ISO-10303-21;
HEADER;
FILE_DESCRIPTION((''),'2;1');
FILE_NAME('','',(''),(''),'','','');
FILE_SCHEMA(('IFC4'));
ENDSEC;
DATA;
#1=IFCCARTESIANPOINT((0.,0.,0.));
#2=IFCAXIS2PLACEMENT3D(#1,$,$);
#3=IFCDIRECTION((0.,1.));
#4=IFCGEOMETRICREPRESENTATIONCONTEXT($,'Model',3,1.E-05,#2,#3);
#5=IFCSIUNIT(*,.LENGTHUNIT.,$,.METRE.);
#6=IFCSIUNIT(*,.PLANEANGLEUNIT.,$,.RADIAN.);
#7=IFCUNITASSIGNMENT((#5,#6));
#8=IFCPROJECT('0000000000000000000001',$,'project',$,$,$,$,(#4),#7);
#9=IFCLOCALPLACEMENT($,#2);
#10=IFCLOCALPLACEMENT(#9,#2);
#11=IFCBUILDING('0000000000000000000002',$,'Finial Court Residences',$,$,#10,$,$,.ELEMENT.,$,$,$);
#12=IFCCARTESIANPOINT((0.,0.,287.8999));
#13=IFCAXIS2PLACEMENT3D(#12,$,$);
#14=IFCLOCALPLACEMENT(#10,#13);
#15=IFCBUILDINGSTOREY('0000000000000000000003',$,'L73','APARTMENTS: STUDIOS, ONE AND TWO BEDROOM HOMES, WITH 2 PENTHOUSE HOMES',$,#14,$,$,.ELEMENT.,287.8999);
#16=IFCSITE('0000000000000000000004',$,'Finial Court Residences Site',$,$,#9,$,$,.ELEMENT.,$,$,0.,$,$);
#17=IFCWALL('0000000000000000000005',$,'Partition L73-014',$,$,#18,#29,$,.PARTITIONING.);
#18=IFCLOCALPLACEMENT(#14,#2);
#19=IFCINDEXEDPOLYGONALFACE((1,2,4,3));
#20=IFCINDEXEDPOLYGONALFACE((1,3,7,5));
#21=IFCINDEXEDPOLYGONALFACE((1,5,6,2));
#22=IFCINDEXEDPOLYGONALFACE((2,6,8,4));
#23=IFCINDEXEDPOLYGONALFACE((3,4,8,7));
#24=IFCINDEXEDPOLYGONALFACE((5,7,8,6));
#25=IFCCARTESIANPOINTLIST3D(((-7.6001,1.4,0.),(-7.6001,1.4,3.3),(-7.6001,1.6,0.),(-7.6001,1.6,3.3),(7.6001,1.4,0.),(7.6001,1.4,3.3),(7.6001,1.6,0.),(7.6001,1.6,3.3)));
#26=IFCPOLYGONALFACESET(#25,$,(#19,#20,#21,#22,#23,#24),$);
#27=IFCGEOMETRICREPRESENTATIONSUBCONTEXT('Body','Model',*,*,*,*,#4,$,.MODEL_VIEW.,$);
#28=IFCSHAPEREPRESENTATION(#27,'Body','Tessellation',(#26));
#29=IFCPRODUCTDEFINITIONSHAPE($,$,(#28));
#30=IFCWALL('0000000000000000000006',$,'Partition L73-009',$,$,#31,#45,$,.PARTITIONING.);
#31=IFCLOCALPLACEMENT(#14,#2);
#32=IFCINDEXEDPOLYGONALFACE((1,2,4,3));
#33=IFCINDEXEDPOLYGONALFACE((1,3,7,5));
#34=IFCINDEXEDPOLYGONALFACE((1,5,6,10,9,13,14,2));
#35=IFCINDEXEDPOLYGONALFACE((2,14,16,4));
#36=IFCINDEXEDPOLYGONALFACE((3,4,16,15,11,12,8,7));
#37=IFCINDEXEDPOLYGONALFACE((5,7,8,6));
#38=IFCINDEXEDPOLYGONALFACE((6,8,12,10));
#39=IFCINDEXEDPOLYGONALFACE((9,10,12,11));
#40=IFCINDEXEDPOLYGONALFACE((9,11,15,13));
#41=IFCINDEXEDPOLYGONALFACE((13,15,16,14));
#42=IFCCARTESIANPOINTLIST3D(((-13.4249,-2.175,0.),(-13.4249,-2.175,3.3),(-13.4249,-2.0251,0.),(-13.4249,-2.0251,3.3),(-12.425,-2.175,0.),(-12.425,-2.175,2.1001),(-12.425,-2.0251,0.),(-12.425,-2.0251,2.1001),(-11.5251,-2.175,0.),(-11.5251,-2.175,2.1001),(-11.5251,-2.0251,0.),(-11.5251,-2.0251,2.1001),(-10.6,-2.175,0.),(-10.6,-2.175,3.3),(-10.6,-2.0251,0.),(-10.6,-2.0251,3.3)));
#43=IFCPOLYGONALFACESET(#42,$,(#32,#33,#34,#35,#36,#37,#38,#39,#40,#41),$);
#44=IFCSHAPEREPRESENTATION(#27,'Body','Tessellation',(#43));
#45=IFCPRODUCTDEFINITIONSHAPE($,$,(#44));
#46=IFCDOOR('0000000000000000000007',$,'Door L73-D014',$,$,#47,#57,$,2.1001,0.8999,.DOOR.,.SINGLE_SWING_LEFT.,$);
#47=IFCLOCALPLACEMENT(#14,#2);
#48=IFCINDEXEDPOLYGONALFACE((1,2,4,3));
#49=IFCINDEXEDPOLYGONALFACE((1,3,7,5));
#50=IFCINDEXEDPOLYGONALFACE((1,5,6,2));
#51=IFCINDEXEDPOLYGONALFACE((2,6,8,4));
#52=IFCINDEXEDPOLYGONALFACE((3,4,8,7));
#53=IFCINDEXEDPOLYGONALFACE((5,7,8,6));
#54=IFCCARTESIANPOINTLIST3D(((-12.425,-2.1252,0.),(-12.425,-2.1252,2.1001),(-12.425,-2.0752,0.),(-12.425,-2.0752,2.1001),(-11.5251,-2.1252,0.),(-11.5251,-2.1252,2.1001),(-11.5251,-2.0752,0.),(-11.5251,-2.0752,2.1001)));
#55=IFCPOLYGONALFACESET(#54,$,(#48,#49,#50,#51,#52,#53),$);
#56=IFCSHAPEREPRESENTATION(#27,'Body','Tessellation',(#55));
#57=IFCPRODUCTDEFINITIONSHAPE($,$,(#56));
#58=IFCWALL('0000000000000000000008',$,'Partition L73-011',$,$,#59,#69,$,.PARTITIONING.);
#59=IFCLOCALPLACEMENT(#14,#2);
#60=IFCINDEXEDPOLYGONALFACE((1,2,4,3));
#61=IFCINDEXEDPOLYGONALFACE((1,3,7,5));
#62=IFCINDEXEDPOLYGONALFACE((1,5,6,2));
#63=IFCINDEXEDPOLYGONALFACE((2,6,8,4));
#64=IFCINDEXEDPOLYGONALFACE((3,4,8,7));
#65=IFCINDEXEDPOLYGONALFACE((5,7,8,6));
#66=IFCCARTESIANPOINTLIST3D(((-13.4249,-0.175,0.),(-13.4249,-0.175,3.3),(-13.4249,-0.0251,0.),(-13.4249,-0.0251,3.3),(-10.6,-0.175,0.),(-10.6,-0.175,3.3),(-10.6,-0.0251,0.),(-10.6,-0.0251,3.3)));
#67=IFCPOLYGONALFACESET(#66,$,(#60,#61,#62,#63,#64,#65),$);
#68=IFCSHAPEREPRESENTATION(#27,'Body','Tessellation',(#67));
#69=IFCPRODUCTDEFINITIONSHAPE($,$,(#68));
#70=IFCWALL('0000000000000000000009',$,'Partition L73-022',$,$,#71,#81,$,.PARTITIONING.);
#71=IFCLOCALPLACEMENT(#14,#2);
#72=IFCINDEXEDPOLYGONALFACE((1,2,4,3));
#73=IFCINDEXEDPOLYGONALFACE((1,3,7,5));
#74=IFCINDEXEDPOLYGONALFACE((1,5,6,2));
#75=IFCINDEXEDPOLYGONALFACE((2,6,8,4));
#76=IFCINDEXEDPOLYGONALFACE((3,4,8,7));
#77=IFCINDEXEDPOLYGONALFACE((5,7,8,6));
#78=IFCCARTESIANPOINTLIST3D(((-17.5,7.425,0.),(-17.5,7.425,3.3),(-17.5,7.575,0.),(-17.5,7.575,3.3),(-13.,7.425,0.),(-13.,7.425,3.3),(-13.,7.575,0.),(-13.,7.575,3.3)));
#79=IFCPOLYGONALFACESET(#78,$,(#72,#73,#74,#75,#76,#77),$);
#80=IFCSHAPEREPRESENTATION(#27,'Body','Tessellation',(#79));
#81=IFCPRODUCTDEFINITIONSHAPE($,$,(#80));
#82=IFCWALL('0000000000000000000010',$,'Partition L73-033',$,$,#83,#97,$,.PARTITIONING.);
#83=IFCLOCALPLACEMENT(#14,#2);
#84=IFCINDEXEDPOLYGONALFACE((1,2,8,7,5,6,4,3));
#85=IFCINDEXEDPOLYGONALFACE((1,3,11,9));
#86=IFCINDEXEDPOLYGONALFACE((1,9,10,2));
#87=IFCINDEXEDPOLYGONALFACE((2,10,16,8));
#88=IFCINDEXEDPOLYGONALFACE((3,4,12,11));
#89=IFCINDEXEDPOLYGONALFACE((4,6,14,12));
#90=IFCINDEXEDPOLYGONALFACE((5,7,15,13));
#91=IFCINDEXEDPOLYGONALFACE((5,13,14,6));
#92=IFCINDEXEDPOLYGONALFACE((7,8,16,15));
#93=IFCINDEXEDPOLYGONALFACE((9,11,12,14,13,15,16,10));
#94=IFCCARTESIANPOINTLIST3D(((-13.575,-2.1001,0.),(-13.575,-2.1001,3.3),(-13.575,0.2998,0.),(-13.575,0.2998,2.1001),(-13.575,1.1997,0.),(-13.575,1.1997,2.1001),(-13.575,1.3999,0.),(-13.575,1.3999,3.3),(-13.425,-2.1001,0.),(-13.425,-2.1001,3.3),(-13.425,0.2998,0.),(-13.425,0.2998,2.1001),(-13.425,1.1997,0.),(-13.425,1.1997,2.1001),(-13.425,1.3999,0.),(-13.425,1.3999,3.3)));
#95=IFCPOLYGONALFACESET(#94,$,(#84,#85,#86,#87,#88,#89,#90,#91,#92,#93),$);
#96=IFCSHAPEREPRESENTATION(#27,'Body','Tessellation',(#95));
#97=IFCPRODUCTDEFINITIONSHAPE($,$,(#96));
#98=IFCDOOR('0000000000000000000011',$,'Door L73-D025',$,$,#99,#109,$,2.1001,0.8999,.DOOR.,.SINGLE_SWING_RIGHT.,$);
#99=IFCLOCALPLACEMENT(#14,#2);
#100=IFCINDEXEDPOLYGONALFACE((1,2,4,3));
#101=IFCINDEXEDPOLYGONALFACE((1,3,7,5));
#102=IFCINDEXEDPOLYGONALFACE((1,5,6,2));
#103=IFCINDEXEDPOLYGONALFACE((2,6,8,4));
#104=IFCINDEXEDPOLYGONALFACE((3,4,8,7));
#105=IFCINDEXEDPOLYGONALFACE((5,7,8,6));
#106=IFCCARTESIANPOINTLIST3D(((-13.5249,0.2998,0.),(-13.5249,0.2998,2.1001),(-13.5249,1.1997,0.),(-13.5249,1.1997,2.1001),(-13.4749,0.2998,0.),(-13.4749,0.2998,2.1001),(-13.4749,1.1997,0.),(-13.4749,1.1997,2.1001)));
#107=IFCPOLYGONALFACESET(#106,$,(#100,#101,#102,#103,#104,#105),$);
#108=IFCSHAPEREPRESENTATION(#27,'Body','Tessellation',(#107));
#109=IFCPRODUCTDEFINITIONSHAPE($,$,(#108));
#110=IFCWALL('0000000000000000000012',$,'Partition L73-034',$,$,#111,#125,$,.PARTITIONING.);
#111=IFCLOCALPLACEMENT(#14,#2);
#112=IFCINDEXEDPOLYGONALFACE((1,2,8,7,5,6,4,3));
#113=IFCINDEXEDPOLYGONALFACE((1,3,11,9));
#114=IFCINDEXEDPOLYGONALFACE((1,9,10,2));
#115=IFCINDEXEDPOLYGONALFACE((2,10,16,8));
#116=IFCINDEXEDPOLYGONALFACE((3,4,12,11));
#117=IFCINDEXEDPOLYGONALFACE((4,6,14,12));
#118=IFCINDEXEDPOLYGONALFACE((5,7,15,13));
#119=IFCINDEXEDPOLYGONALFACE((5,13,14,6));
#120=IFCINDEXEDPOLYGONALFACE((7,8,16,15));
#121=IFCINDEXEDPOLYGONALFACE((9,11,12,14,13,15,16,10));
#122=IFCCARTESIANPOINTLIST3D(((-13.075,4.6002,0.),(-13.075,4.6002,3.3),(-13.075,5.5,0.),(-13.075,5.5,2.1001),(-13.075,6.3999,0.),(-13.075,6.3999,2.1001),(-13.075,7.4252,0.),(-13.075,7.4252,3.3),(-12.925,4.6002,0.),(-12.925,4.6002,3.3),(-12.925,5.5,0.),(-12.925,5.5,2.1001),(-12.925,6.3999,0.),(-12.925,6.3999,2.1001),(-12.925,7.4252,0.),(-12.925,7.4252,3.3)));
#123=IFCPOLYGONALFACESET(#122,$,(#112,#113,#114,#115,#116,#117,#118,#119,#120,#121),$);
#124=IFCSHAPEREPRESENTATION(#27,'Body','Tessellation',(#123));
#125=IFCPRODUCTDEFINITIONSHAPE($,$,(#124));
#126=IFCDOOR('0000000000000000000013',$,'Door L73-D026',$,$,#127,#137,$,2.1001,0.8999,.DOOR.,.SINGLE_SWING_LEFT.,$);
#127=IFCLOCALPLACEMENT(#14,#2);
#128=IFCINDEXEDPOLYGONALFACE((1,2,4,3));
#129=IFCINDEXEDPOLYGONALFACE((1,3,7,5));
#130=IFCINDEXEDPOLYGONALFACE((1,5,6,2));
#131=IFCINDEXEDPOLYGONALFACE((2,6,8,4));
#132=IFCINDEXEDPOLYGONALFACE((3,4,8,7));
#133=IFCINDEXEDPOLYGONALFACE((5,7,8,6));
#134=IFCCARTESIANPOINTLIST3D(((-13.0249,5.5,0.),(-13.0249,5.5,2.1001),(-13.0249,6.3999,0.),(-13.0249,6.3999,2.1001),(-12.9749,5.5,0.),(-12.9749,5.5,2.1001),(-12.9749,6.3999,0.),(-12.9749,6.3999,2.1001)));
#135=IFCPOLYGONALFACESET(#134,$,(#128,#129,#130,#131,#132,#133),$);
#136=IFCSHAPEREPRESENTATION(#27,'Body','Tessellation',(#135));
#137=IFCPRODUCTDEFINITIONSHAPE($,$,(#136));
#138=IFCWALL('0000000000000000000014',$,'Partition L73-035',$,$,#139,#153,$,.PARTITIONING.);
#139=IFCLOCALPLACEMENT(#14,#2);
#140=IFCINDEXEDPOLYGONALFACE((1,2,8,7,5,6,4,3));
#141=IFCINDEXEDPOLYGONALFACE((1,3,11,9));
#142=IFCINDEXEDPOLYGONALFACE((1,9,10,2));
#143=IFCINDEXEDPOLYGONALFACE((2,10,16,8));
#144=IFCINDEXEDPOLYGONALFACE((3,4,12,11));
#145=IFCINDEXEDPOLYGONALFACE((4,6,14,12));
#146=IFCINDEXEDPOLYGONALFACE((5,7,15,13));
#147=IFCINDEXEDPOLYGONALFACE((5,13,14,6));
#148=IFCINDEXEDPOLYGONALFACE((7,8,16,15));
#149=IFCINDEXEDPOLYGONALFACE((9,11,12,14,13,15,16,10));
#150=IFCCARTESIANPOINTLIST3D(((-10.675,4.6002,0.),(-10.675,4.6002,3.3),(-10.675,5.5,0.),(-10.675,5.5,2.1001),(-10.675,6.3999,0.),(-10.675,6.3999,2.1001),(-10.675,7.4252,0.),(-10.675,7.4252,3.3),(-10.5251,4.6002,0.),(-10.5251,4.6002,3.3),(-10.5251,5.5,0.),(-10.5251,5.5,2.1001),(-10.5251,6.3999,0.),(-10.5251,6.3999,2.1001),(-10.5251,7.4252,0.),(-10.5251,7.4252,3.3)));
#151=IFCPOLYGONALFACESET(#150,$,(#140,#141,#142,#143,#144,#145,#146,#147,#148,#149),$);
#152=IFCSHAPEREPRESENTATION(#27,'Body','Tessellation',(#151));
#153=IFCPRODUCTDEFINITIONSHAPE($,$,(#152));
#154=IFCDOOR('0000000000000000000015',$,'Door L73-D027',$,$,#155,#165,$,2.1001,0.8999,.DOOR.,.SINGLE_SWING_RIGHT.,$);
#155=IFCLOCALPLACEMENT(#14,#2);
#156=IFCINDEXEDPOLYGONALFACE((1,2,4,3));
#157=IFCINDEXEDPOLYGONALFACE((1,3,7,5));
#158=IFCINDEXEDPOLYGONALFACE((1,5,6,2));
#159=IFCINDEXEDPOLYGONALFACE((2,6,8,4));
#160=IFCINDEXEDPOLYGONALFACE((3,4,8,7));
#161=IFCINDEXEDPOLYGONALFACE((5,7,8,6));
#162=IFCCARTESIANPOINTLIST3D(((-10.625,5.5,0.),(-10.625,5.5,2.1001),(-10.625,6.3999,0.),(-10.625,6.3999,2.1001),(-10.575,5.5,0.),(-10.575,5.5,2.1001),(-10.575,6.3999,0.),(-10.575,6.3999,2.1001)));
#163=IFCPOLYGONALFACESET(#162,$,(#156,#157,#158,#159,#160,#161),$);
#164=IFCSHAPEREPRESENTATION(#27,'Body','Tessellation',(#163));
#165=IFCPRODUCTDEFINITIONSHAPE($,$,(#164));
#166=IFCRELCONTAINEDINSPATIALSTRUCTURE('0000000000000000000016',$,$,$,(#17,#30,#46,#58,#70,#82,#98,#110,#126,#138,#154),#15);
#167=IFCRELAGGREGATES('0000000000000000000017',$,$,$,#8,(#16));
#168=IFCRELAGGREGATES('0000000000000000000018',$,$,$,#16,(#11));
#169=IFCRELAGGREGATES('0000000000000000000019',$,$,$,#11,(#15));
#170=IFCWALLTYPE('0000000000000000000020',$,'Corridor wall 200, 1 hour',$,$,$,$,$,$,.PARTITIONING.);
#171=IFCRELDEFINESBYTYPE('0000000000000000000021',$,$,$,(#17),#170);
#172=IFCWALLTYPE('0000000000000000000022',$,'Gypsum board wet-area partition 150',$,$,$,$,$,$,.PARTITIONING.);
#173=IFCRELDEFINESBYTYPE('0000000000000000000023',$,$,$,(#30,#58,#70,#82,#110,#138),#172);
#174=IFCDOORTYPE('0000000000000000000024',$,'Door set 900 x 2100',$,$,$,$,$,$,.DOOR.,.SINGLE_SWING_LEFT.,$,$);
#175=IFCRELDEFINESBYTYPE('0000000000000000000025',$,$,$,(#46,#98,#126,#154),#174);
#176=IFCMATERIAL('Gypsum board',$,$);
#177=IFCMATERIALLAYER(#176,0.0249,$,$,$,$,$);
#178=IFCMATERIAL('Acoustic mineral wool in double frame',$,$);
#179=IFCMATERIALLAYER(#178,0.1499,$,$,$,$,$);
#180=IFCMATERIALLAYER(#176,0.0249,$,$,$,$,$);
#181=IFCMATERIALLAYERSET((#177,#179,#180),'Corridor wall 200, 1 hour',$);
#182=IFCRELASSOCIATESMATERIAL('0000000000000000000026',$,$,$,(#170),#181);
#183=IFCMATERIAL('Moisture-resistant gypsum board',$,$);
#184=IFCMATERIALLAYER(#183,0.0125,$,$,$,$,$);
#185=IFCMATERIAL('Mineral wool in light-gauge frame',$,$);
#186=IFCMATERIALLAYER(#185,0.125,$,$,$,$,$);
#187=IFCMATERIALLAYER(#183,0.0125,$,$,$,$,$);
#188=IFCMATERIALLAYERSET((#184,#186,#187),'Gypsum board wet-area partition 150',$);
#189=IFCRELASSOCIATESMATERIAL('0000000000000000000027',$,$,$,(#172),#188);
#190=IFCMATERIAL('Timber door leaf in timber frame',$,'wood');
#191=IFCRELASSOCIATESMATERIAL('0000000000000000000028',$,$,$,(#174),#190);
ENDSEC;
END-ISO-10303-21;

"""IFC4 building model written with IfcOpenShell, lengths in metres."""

from ifc_helpers import new_model, si_unit, direction, frame, frame_2d, origin, place, context, subcontext, project, spatial, rectangle, extrude, material, layer, layer_set, type_object, element, fill, save


model = new_model("IFC4")

# Units and contexts
model_context = context("Model", 3, precision=1e-05, world=origin(), true_north=direction((0.0, 1.0)))
body_context = subcontext(model_context, "Body", "Model", "MODEL_VIEW")
ifc_project = project(units=[si_unit("LENGTHUNIT", "METRE"), si_unit("PLANEANGLEUNIT", "RADIAN")], contexts=[model_context])

# Site, building, storey
site_placement = place(None, origin())
site = spatial("IfcSite", under=ifc_project, at=site_placement, Name="Finial Court Residences Site", CompositionType="ELEMENT", RefElevation=0.0)
building_placement = place(site_placement, origin())
building = spatial("IfcBuilding", under=site, at=building_placement, Name="Finial Court Residences", CompositionType="ELEMENT")
storey_placement = place(building_placement, frame((0.0, 0.0, 287.8999)))
storey = spatial("IfcBuildingStorey", under=building, at=storey_placement, Name="L73", Description="APARTMENTS: STUDIOS, ONE AND TWO BEDROOM HOMES, WITH 2 PENTHOUSE HOMES", CompositionType="ELEMENT", Elevation=287.8999)

# Wall
ifc_material_1 = material(Name="Gypsum board")
ifc_material_2 = material(Name="Acoustic mineral wool in double frame")
ifc_layer_1 = layer(ifc_material_1, 0.0249)
ifc_layer_2 = layer(ifc_material_2, 0.1499)
ifc_layer_3 = layer(ifc_material_1, 0.0249)
ifc_layer_set_1 = layer_set([ifc_layer_1, ifc_layer_2, ifc_layer_3], Name="Corridor wall 200, 1 hour")
wall_type_1 = type_object("IfcWallType", Name="Corridor wall 200, 1 hour", PredefinedType="PARTITIONING", material=ifc_layer_set_1)
wall_1_placement = place(storey_placement, frame((-7.6001, 1.5, 0.0), z_axis=(0.0, 0.0, 1.0), x_axis=(1.0, 0.0, 0.0)))
element("IfcWall", 1, at=wall_1_placement, inside=storey, type_object=wall_type_1, Name="Partition L73-014", PredefinedType="PARTITIONING", context=body_context, shape_type="SweptSolid", body=[
    extrude(rectangle(XDim=15.2002, YDim=0.2, at=frame_2d((7.6001, 0.0))), origin(), (0.0, 0.0, 1.0), 3.3),
])

# Wall, opening, door
ifc_material_3 = material(Name="Moisture-resistant gypsum board")
ifc_layer_4 = layer(ifc_material_3, 0.0125)
ifc_material_4 = material(Name="Mineral wool in light-gauge frame")
ifc_layer_5 = layer(ifc_material_4, 0.125)
ifc_layer_6 = layer(ifc_material_3, 0.0125)
ifc_layer_set_2 = layer_set([ifc_layer_4, ifc_layer_5, ifc_layer_6], Name="Gypsum board wet-area partition 150")
wall_type_2 = type_object("IfcWallType", Name="Gypsum board wet-area partition 150", PredefinedType="PARTITIONING", material=ifc_layer_set_2)
wall_2_placement = place(storey_placement, frame((-13.425, -2.1001, 0.0), z_axis=(0.0, 0.0, 1.0), x_axis=(1.0, 0.0, 0.0)))
wall_2 = element("IfcWall", 2, at=wall_2_placement, inside=storey, type_object=wall_type_2, Name="Partition L73-009", PredefinedType="PARTITIONING", context=body_context, shape_type="SweptSolid", body=[
    extrude(rectangle(XDim=2.825, YDim=0.1499, at=frame_2d((1.4126, 0.0))), origin(), (0.0, 0.0, 1.0), 3.3),
])
opening_1_placement = place(wall_2_placement, frame((1.0, 0.0, 0.0)))
opening_1 = element("IfcOpeningElement", 3, at=opening_1_placement, cuts=wall_2, PredefinedType="OPENING", context=body_context, shape_type="SweptSolid", body=[
    extrude(rectangle(XDim=0.8999, YDim=2.1001, at=frame_2d((0.45, 1.05))), frame((0.0, 0.085, 0.0), z_axis=(0.0, -1.0, 0.0), x_axis=(1.0, 0.0, 0.0)), (0.0, 0.0, 1.0), 0.1699),
])
ifc_material_5 = material(Name="Timber door leaf in timber frame", Category="wood")
door_type = type_object("IfcDoorType", Name="Door set 900 x 2100", OperationType="SINGLE_SWING_LEFT", PredefinedType="DOOR", material=ifc_material_5)
door_1_placement = place(opening_1_placement, origin())
door_1 = element("IfcDoor", 4, at=door_1_placement, inside=storey, type_object=door_type, Name="Door L73-D014", OperationType="SINGLE_SWING_LEFT", OverallHeight=2.1001, OverallWidth=0.8999, PredefinedType="DOOR", context=body_context, shape_type="SweptSolid", body=[
    extrude(rectangle(XDim=0.8999, YDim=2.1001, at=frame_2d((0.45, 1.05))), frame((0.0, 0.0249, 0.0), z_axis=(0.0, -1.0, 0.0), x_axis=(1.0, 0.0, 0.0)), (0.0, 0.0, 1.0), 0.05),
])
fill(opening_1, door_1)

# Walls
wall_3_placement = place(storey_placement, frame((-13.425, -0.1001, 0.0), z_axis=(0.0, 0.0, 1.0), x_axis=(1.0, 0.0, 0.0)))
element("IfcWall", 5, at=wall_3_placement, inside=storey, type_object=wall_type_2, Name="Partition L73-011", PredefinedType="PARTITIONING", context=body_context, shape_type="SweptSolid", body=[
    extrude(rectangle(XDim=2.825, YDim=0.1499, at=frame_2d((1.4126, 0.0))), origin(), (0.0, 0.0, 1.0), 3.3),
])
wall_4_placement = place(storey_placement, frame((-17.5, 7.5, 0.0), z_axis=(0.0, 0.0, 1.0), x_axis=(1.0, 0.0, 0.0)))
element("IfcWall", 6, at=wall_4_placement, inside=storey, type_object=wall_type_2, Name="Partition L73-022", PredefinedType="PARTITIONING", context=body_context, shape_type="SweptSolid", body=[
    extrude(rectangle(XDim=4.5, YDim=0.1499, at=frame_2d((2.25, 0.0))), origin(), (0.0, 0.0, 1.0), 3.3),
])

# Walls, openings, doors
wall_5_placement = place(storey_placement, frame((-13.5, -2.1001, 0.0), z_axis=(0.0, 0.0, 1.0), x_axis=(0.0, 1.0, 0.0)))
wall_5 = element("IfcWall", 7, at=wall_5_placement, inside=storey, type_object=wall_type_2, Name="Partition L73-033", PredefinedType="PARTITIONING", context=body_context, shape_type="SweptSolid", body=[
    extrude(rectangle(XDim=3.5, YDim=0.1499, at=frame_2d((1.75, 0.0))), origin(), (0.0, 0.0, 1.0), 3.3),
])
opening_2_placement = place(wall_5_placement, frame((2.3999, 0.0, 0.0)))
opening_2 = element("IfcOpeningElement", 8, at=opening_2_placement, cuts=wall_5, PredefinedType="OPENING", context=body_context, shape_type="SweptSolid", body=[
    extrude(rectangle(XDim=0.8999, YDim=2.1001, at=frame_2d((0.45, 1.05))), frame((0.0, 0.085, 0.0), z_axis=(0.0, -1.0, 0.0), x_axis=(1.0, 0.0, 0.0)), (0.0, 0.0, 1.0), 0.1699),
])
door_2_placement = place(opening_2_placement, origin())
door_2 = element("IfcDoor", 9, at=door_2_placement, inside=storey, type_object=door_type, Name="Door L73-D025", OperationType="SINGLE_SWING_RIGHT", OverallHeight=2.1001, OverallWidth=0.8999, PredefinedType="DOOR", context=body_context, shape_type="SweptSolid", body=[
    extrude(rectangle(XDim=0.8999, YDim=2.1001, at=frame_2d((0.45, 1.05))), frame((0.0, 0.0249, 0.0), z_axis=(0.0, -1.0, 0.0), x_axis=(1.0, 0.0, 0.0)), (0.0, 0.0, 1.0), 0.05),
])
fill(opening_2, door_2)
wall_6_placement = place(storey_placement, frame((-13.0, 4.6001, 0.0), z_axis=(0.0, 0.0, 1.0), x_axis=(0.0, 1.0, 0.0)))
wall_6 = element("IfcWall", 10, at=wall_6_placement, inside=storey, type_object=wall_type_2, Name="Partition L73-034", PredefinedType="PARTITIONING", context=body_context, shape_type="SweptSolid", body=[
    extrude(rectangle(XDim=2.825, YDim=0.1499, at=frame_2d((1.4126, 0.0))), origin(), (0.0, 0.0, 1.0), 3.3),
])
opening_3_placement = place(wall_6_placement, frame((0.8999, 0.0, 0.0)))
opening_3 = element("IfcOpeningElement", 11, at=opening_3_placement, cuts=wall_6, PredefinedType="OPENING", context=body_context, shape_type="SweptSolid", body=[
    extrude(rectangle(XDim=0.8999, YDim=2.1001, at=frame_2d((0.45, 1.05))), frame((0.0, 0.085, 0.0), z_axis=(0.0, -1.0, 0.0), x_axis=(1.0, 0.0, 0.0)), (0.0, 0.0, 1.0), 0.1699),
])
door_3_placement = place(opening_3_placement, origin())
door_3 = element("IfcDoor", 12, at=door_3_placement, inside=storey, type_object=door_type, Name="Door L73-D026", OperationType="SINGLE_SWING_LEFT", OverallHeight=2.1001, OverallWidth=0.8999, PredefinedType="DOOR", context=body_context, shape_type="SweptSolid", body=[
    extrude(rectangle(XDim=0.8999, YDim=2.1001, at=frame_2d((0.45, 1.05))), frame((0.0, 0.0249, 0.0), z_axis=(0.0, -1.0, 0.0), x_axis=(1.0, 0.0, 0.0)), (0.0, 0.0, 1.0), 0.05),
])
fill(opening_3, door_3)
wall_7_placement = place(storey_placement, frame((-10.6001, 4.6001, 0.0), z_axis=(0.0, 0.0, 1.0), x_axis=(0.0, 1.0, 0.0)))
wall_7 = element("IfcWall", 13, at=wall_7_placement, inside=storey, type_object=wall_type_2, Name="Partition L73-035", PredefinedType="PARTITIONING", context=body_context, shape_type="SweptSolid", body=[
    extrude(rectangle(XDim=2.825, YDim=0.1499, at=frame_2d((1.4126, 0.0))), origin(), (0.0, 0.0, 1.0), 3.3),
])
opening_4_placement = place(wall_7_placement, frame((0.8999, 0.0, 0.0)))
opening_4 = element("IfcOpeningElement", 14, at=opening_4_placement, cuts=wall_7, PredefinedType="OPENING", context=body_context, shape_type="SweptSolid", body=[
    extrude(rectangle(XDim=0.8999, YDim=2.1001, at=frame_2d((0.45, 1.05))), frame((0.0, 0.085, 0.0), z_axis=(0.0, -1.0, 0.0), x_axis=(1.0, 0.0, 0.0)), (0.0, 0.0, 1.0), 0.1699),
])
door_4_placement = place(opening_4_placement, origin())
door_4 = element("IfcDoor", 15, at=door_4_placement, inside=storey, type_object=door_type, Name="Door L73-D027", OperationType="SINGLE_SWING_RIGHT", OverallHeight=2.1001, OverallWidth=0.8999, PredefinedType="DOOR", context=body_context, shape_type="SweptSolid", body=[
    extrude(rectangle(XDim=0.8999, YDim=2.1001, at=frame_2d((0.45, 1.05))), frame((0.0, 0.0249, 0.0), z_axis=(0.0, -1.0, 0.0), x_axis=(1.0, 0.0, 0.0)), (0.0, 0.0, 1.0), 0.05),
])
fill(opening_4, door_4)

save(model, "model.ifc")
